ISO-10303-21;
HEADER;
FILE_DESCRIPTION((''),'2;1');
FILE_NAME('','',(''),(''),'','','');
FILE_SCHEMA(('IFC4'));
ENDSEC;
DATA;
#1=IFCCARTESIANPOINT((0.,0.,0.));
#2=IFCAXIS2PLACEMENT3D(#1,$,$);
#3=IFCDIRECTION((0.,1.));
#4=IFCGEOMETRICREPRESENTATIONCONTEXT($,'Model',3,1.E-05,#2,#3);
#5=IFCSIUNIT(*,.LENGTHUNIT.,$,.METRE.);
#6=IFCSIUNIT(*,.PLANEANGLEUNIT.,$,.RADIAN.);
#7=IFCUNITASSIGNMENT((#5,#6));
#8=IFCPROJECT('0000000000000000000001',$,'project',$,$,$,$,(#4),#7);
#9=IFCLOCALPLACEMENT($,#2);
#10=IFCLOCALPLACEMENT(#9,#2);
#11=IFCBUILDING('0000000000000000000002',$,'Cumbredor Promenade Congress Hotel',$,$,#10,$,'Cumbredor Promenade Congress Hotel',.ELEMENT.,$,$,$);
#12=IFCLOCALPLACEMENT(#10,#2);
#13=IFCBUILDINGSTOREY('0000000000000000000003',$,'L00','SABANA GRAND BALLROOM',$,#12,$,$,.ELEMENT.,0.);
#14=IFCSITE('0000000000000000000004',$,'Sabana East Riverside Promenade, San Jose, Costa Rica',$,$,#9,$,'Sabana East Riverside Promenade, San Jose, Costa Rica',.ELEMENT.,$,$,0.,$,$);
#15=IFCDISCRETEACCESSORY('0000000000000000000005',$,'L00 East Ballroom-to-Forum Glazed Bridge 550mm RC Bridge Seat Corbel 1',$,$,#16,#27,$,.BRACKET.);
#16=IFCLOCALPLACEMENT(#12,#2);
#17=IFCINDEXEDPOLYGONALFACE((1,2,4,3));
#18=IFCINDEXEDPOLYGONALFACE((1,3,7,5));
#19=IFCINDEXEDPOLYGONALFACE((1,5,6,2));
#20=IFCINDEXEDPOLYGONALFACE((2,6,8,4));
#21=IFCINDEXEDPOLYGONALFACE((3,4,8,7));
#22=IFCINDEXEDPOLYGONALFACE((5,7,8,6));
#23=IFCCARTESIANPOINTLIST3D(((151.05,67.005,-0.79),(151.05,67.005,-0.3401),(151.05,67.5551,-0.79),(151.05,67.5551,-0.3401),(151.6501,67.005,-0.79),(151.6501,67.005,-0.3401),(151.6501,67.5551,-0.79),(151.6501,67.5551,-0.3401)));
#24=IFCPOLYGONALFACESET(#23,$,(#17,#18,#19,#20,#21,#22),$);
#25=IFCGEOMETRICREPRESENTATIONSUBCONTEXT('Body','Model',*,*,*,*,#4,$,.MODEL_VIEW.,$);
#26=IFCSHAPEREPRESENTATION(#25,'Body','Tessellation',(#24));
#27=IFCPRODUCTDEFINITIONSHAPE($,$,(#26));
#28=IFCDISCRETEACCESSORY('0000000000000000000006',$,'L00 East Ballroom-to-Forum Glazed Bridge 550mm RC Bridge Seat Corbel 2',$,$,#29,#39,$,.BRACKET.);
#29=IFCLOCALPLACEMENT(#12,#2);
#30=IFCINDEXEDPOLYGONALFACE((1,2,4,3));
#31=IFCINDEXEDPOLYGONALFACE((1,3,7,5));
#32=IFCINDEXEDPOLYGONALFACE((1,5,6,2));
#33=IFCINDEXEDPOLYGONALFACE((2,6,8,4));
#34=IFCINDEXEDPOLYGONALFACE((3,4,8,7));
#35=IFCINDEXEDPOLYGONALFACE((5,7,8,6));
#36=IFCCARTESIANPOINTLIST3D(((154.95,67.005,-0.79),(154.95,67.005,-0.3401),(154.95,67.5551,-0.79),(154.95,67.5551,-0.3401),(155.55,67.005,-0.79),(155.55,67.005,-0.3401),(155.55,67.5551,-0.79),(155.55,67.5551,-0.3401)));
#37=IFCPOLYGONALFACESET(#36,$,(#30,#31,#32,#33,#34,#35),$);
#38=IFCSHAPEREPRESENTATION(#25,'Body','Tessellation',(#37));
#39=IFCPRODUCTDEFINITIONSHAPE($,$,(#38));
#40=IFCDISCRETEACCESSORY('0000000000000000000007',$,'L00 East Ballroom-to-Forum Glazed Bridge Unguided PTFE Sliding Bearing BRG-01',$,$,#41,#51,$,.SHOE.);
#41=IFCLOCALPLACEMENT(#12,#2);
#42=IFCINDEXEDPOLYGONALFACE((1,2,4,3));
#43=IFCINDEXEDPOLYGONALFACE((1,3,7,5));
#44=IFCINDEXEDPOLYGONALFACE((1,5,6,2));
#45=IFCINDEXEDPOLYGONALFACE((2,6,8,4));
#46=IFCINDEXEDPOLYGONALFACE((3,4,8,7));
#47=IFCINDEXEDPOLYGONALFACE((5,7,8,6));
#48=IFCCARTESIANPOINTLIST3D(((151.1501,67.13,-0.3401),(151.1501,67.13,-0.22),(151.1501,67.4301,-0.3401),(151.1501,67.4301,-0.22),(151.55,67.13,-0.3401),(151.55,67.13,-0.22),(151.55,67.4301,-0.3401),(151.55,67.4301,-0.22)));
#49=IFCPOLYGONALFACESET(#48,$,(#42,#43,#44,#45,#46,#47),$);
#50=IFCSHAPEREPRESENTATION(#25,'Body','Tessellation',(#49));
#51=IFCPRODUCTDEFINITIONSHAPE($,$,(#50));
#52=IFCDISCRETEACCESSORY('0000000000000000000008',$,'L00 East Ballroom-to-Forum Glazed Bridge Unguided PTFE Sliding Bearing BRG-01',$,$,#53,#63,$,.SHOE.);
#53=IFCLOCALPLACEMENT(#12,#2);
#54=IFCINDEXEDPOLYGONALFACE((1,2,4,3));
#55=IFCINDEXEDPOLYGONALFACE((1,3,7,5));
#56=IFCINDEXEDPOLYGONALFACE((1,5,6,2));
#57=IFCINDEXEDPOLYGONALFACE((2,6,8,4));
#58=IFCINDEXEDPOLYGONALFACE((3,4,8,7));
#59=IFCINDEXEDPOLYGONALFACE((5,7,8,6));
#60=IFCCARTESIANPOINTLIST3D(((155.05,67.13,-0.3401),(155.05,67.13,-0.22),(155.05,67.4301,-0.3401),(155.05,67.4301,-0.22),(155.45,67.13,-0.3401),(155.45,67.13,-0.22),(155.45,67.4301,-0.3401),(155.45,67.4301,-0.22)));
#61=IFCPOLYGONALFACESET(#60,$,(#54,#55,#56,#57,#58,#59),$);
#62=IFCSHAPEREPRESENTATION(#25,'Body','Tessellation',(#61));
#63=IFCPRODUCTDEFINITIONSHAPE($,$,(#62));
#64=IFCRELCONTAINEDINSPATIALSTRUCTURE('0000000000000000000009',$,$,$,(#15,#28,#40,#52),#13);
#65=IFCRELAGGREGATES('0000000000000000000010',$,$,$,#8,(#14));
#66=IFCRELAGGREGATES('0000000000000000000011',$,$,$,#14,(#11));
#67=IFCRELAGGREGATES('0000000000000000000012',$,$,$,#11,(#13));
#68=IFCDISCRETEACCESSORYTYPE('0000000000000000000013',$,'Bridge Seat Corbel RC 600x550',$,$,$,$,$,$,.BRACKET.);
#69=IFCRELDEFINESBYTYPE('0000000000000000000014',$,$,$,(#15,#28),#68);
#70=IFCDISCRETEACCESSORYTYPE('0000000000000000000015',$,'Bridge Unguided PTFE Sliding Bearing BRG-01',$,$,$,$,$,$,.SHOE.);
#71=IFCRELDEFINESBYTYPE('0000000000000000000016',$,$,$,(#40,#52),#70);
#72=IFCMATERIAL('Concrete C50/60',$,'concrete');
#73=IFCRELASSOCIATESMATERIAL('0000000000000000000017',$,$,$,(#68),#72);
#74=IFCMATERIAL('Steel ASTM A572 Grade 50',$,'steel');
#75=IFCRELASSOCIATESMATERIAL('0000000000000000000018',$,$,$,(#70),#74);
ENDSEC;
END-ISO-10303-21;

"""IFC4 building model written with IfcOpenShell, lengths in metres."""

from ifc_helpers import new_model, si_unit, direction, frame, origin, origin_2d, place, context, subcontext, project, spatial, rectangle, extrude, material, type_object, element, save


model = new_model("IFC4")

# Units and contexts
model_context = context("Model", 3, precision=1e-05, world=origin(), true_north=direction((0.0, 1.0)))
body_context = subcontext(model_context, "Body", "Model", "MODEL_VIEW")
ifc_project = project(units=[si_unit("LENGTHUNIT", "METRE"), si_unit("PLANEANGLEUNIT", "RADIAN")], contexts=[model_context])

# Site, building, storey
site_placement = place(None, origin())
site = spatial("IfcSite", under=ifc_project, at=site_placement, Name="Sabana East Riverside Promenade, San Jose, Costa Rica", LongName="Sabana East Riverside Promenade, San Jose, Costa Rica", CompositionType="ELEMENT", RefElevation=0.0)
building_placement = place(site_placement, origin())
building = spatial("IfcBuilding", under=site, at=building_placement, Name="Cumbredor Promenade Congress Hotel", LongName="Cumbredor Promenade Congress Hotel", CompositionType="ELEMENT")
storey_placement = place(building_placement, origin())
storey = spatial("IfcBuildingStorey", under=building, at=storey_placement, Name="L00", Description="SABANA GRAND BALLROOM", CompositionType="ELEMENT", Elevation=0.0)

# Shared definitions
ifc_material_1 = material(Name="Steel ASTM A572 Grade 50", Category="steel")

# Discrete accessories
ifc_material_2 = material(Name="Concrete C50/60", Category="concrete")
discrete_accessory_type_1 = type_object("IfcDiscreteAccessoryType", Name="Bridge Seat Corbel RC 600x550", PredefinedType="BRACKET", material=ifc_material_2)
for number, where, z_axis, x_axis, name in (
    (1, (151.3501, 67.28, -0.79), (0.0, 0.0, 1.0), (0.0, 1.0, 0.0), "L00 East Ballroom-to-Forum Glazed Bridge 550mm RC Bridge Seat Corbel 1"),
    (2, (155.25, 67.28, -0.79), (0.0, 0.0, 1.0), (0.0, 1.0, 0.0), "L00 East Ballroom-to-Forum Glazed Bridge 550mm RC Bridge Seat Corbel 2"),
):
    element("IfcDiscreteAccessory", number, at=place(storey_placement, frame(where, z_axis=z_axis, x_axis=x_axis)), inside=storey, type_object=discrete_accessory_type_1, Name=name, PredefinedType="BRACKET", context=body_context, shape_type="SweptSolid", body=[
        extrude(rectangle(XDim=0.55, YDim=0.6001, at=origin_2d()), origin(), (0.0, 0.0, 1.0), 0.45),
    ])
discrete_accessory_type_2 = type_object("IfcDiscreteAccessoryType", Name="Bridge Unguided PTFE Sliding Bearing BRG-01", PredefinedType="SHOE", material=ifc_material_1)
for number, where, z_axis, x_axis, name in (
    (3, (151.3501, 67.28, -0.3401), (0.0, 0.0, 1.0), (0.0, 1.0, 0.0), "L00 East Ballroom-to-Forum Glazed Bridge Unguided PTFE Sliding Bearing BRG-01"),
    (4, (155.25, 67.28, -0.3401), (0.0, 0.0, 1.0), (0.0, 1.0, 0.0), "L00 East Ballroom-to-Forum Glazed Bridge Unguided PTFE Sliding Bearing BRG-01"),
):
    element("IfcDiscreteAccessory", number, at=place(storey_placement, frame(where, z_axis=z_axis, x_axis=x_axis)), inside=storey, type_object=discrete_accessory_type_2, Name=name, PredefinedType="SHOE", context=body_context, shape_type="SweptSolid", body=[
        extrude(rectangle(XDim=0.3, YDim=0.3999, at=origin_2d()), origin(), (0.0, 0.0, 1.0), 0.1201),
    ])

save(model, "model.ifc")
